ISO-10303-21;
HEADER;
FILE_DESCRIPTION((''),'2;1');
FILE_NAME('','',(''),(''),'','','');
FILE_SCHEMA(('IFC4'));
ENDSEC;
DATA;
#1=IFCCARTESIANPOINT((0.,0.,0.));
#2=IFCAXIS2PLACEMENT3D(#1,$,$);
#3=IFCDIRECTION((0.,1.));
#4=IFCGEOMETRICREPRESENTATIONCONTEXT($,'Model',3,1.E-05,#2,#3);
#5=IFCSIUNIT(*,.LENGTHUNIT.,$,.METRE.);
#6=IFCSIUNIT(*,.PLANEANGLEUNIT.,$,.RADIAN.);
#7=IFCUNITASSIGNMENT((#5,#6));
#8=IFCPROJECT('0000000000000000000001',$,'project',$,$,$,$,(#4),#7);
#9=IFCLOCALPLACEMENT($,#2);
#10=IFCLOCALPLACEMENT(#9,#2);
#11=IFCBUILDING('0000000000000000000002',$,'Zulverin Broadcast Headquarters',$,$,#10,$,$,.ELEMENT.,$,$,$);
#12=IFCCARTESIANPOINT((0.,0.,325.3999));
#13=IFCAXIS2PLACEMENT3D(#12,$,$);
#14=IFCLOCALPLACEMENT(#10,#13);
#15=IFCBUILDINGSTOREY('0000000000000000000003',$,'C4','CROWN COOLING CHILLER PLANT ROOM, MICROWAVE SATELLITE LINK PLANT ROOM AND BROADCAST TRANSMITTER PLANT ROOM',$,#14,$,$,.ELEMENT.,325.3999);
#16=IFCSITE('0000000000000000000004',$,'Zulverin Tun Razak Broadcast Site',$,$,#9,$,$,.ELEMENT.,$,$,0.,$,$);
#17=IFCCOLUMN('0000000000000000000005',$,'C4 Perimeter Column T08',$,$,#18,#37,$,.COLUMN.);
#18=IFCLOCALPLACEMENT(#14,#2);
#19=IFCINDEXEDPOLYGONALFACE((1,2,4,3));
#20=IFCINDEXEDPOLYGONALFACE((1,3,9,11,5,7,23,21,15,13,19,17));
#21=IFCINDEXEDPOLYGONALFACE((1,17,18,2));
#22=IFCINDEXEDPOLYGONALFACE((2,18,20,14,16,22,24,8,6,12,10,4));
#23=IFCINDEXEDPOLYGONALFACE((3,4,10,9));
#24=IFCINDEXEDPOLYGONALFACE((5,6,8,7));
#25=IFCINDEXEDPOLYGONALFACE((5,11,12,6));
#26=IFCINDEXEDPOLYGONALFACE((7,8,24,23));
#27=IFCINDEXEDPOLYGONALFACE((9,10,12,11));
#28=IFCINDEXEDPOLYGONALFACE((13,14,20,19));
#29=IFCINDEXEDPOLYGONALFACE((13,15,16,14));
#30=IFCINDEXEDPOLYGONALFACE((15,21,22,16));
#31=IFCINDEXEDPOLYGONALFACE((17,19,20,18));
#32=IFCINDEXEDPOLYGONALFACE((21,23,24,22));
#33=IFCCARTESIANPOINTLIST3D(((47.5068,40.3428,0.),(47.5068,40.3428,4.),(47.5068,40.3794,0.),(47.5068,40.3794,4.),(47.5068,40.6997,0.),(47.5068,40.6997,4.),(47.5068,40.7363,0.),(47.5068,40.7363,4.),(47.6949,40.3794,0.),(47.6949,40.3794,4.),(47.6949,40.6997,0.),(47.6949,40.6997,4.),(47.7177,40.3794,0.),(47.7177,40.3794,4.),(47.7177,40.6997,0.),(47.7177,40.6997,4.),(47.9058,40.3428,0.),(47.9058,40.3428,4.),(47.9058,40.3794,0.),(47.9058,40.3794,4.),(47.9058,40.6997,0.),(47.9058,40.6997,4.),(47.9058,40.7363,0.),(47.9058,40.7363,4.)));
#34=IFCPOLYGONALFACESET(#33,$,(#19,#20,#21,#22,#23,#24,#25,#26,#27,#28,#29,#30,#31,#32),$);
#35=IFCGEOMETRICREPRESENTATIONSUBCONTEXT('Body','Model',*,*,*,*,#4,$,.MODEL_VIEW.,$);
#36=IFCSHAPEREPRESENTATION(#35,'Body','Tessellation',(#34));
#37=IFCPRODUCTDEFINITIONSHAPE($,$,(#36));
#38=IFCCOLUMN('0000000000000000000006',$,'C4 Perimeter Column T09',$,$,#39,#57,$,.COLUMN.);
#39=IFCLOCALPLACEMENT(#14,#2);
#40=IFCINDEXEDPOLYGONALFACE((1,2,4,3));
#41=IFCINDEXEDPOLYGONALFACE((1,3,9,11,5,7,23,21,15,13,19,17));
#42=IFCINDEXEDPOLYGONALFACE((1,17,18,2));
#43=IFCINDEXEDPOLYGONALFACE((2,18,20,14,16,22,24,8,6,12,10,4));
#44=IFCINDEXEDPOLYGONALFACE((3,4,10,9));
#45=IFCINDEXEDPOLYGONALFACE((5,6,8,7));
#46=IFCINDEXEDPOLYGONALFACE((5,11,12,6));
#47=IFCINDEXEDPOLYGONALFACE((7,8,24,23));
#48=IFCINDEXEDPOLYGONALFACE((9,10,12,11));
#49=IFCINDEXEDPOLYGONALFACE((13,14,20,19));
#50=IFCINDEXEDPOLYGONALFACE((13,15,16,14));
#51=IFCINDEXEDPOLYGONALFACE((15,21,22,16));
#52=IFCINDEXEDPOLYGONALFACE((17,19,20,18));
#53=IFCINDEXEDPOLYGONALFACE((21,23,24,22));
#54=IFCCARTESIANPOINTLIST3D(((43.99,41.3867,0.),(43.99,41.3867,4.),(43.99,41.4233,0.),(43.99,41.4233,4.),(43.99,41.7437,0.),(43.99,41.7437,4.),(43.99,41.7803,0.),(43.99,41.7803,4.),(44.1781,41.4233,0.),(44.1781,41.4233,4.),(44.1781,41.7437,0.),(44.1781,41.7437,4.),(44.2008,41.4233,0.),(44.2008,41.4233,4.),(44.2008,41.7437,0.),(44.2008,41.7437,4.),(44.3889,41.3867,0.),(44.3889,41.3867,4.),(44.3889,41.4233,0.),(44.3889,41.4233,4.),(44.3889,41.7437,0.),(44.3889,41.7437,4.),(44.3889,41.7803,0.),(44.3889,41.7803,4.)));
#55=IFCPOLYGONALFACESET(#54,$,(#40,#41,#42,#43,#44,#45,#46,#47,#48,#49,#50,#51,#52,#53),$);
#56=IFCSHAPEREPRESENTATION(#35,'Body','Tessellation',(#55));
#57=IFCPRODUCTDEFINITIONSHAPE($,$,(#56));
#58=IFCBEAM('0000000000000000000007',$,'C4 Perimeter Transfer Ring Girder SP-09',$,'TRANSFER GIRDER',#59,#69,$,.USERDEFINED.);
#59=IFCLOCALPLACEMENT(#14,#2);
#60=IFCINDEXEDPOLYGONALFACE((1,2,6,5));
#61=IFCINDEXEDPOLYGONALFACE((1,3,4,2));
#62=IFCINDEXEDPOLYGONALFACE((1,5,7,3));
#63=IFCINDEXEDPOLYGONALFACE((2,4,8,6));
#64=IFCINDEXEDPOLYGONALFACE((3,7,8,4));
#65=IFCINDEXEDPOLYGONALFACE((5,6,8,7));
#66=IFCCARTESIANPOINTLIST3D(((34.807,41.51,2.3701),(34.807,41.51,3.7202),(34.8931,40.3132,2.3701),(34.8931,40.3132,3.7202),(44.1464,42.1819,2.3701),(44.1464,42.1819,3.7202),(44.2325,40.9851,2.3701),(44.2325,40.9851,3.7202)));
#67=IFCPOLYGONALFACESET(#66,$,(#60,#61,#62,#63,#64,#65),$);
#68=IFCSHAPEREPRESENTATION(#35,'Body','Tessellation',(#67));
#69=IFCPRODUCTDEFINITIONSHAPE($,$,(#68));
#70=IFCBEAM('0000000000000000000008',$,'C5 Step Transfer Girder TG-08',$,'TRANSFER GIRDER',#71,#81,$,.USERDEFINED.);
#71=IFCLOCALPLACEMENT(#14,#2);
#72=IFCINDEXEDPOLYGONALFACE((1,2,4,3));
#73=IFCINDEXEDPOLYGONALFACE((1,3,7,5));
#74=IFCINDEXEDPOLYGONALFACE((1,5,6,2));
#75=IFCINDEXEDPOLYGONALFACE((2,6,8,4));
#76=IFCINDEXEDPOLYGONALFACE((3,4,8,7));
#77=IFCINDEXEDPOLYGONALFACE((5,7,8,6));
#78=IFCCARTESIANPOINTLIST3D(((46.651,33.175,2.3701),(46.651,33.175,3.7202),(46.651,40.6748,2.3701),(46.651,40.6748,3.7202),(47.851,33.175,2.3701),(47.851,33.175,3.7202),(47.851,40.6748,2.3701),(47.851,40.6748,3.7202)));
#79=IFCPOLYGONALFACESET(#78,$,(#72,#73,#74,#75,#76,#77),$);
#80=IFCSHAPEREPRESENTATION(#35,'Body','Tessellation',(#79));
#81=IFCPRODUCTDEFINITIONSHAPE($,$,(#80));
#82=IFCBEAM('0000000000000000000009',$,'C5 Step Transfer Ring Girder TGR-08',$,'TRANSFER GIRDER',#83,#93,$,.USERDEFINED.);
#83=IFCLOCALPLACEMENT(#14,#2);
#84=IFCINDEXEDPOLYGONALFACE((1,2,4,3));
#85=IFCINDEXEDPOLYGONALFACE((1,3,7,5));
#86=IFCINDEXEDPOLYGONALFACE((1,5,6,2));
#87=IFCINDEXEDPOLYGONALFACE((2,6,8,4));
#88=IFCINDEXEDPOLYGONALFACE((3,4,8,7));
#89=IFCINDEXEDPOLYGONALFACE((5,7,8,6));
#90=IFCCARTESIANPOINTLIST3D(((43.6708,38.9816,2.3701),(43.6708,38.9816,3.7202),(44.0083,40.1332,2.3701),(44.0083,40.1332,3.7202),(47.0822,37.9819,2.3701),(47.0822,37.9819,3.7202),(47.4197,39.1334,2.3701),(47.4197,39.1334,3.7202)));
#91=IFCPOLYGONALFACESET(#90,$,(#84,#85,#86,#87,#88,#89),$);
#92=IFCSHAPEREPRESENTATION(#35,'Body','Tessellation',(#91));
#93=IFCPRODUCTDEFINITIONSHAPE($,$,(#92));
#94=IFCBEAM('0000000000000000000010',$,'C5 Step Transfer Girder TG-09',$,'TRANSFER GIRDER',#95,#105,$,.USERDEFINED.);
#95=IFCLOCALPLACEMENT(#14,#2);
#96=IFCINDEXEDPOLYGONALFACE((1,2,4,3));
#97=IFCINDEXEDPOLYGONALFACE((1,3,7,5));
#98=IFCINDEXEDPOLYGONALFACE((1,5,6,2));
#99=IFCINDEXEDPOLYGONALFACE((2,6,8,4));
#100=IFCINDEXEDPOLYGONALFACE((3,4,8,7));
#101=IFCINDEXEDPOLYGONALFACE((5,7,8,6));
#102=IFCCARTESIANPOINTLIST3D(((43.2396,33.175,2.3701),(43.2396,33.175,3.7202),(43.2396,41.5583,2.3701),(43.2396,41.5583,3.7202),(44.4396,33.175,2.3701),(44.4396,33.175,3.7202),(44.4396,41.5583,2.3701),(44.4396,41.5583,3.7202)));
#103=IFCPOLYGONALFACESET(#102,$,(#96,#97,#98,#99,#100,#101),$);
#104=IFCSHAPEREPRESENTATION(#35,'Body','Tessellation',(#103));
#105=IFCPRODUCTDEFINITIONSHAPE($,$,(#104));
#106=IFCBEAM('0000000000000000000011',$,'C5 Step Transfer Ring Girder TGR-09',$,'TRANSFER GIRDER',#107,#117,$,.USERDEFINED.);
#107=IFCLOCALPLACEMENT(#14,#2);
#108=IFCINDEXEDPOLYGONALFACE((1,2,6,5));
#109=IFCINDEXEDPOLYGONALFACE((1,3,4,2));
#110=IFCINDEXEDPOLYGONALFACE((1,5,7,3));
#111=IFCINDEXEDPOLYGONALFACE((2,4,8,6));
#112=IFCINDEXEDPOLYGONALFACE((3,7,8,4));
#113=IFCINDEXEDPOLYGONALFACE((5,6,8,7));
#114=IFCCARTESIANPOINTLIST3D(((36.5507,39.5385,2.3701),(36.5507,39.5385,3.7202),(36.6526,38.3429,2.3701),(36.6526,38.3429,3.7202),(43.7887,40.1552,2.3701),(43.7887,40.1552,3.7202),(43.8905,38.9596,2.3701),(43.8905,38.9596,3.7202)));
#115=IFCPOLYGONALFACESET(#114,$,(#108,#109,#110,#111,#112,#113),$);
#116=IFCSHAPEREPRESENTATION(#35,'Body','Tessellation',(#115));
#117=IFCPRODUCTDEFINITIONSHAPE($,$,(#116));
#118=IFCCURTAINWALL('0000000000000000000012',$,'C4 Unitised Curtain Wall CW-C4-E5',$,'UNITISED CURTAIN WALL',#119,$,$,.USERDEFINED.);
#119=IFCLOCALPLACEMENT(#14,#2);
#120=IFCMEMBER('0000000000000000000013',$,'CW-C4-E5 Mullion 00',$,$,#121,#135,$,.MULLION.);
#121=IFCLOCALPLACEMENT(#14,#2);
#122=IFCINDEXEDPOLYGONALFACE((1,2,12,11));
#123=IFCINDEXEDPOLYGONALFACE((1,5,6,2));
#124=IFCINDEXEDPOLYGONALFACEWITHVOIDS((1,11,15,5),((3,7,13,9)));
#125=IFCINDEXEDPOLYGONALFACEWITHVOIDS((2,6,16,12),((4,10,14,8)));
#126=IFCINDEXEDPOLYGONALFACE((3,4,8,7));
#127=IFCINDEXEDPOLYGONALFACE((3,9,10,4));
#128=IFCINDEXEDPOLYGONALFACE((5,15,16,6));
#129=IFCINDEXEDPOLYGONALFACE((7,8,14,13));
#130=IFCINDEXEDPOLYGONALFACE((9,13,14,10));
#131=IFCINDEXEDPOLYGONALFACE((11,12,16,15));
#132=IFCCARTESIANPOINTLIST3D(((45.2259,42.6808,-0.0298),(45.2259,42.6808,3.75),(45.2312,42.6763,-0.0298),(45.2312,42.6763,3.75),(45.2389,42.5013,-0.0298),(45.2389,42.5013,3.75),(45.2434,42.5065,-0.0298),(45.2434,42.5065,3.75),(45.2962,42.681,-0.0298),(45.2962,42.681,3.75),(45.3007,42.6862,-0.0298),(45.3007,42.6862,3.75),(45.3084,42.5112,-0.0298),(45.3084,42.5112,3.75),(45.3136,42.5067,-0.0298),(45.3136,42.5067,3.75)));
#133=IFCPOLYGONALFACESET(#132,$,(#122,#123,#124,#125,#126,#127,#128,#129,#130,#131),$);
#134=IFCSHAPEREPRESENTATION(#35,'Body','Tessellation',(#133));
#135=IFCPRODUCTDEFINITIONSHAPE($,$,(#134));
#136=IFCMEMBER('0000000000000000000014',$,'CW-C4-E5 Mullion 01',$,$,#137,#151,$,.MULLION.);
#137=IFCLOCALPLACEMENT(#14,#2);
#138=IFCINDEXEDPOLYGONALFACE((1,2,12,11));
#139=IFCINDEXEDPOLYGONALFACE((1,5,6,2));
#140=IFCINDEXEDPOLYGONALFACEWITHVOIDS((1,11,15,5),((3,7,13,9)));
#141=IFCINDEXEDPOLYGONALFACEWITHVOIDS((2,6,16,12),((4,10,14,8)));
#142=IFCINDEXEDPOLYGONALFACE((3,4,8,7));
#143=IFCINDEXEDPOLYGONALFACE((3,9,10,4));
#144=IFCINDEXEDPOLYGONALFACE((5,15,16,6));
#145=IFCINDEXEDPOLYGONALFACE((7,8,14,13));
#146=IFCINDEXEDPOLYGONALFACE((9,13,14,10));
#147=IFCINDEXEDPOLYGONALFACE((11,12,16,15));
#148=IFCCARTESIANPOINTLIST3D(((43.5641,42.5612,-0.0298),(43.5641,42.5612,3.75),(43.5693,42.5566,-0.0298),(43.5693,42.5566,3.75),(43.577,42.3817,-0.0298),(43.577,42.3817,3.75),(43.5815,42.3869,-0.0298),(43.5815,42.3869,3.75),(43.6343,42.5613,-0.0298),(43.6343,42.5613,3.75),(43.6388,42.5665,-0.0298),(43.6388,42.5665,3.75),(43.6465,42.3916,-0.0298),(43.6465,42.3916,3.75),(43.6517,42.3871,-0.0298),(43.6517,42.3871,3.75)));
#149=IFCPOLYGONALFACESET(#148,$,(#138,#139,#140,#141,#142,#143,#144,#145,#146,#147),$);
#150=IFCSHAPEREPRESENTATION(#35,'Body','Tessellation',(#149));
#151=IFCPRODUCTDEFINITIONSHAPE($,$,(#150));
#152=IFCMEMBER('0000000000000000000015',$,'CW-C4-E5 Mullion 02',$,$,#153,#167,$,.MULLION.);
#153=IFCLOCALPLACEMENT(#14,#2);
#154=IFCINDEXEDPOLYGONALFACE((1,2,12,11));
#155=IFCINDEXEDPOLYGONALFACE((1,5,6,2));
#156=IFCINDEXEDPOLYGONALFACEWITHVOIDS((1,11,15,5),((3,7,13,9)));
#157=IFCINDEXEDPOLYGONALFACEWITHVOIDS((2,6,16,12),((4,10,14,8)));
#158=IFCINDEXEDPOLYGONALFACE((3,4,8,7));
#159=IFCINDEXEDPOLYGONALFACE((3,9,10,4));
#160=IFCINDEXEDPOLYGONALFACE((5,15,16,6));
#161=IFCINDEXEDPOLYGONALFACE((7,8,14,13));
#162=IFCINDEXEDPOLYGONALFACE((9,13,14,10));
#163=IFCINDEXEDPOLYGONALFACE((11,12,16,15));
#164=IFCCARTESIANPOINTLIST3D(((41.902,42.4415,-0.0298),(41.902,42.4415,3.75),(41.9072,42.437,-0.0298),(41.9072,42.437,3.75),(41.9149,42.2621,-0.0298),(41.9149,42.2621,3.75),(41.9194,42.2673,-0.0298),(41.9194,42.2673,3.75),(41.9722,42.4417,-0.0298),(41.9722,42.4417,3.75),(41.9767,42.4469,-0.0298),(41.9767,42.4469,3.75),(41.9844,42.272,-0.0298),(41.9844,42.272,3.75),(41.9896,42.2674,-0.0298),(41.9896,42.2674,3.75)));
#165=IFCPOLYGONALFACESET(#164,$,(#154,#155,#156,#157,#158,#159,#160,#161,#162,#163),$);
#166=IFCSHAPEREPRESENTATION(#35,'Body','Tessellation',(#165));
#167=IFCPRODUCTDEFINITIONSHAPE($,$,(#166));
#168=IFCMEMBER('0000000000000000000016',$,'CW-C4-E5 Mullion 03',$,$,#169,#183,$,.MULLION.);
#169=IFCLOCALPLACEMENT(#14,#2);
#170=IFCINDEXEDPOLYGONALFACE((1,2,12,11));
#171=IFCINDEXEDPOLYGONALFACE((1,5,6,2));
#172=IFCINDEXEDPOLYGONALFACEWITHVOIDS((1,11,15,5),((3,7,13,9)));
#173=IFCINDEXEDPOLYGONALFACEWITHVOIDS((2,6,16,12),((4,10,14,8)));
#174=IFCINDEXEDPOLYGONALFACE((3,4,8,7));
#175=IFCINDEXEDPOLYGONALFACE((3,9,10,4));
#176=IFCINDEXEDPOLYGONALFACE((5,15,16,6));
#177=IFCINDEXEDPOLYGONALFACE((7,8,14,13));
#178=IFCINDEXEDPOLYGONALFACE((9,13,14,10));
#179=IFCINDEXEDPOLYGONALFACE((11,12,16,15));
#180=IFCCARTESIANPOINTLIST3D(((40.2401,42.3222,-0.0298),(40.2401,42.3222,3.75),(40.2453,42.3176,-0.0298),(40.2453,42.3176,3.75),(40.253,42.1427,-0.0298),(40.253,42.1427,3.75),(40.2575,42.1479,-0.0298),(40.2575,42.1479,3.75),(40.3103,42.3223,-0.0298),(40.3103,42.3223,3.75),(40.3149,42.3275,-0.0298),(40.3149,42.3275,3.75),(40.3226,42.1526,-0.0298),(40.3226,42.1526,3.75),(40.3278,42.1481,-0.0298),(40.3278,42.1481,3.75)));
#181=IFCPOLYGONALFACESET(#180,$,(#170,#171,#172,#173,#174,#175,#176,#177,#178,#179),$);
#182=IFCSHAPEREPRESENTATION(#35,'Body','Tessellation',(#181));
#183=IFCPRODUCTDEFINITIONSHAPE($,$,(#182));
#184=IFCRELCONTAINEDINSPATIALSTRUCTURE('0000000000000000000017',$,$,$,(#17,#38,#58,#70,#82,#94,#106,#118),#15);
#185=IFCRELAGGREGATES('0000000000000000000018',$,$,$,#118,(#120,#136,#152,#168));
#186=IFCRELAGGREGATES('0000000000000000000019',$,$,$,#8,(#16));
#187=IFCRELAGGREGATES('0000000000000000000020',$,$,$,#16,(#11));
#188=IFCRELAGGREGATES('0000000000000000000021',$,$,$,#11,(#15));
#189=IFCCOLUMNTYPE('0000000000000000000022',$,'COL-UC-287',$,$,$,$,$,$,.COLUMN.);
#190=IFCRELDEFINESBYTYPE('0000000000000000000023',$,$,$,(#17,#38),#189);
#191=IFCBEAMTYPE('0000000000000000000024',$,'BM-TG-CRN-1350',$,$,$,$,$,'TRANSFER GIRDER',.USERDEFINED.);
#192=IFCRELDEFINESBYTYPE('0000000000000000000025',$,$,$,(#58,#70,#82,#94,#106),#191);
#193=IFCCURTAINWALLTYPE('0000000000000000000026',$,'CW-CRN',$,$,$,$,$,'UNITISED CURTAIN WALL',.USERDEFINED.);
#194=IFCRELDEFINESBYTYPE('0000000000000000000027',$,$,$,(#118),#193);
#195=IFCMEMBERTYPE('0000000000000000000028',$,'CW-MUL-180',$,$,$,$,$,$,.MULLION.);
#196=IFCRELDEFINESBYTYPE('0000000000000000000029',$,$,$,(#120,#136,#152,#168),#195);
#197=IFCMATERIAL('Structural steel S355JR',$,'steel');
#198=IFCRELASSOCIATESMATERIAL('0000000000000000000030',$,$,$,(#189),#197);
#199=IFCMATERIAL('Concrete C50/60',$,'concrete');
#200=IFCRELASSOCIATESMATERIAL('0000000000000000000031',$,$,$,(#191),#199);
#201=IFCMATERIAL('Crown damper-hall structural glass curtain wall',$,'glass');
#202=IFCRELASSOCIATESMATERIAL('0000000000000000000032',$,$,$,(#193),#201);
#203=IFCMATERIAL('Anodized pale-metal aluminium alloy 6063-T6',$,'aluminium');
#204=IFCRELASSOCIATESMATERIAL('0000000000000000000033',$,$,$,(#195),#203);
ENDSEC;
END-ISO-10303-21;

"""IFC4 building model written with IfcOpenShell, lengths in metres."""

from ifc_helpers import new_model, si_unit, direction, frame, origin, origin_2d, place, context, subcontext, project, spatial, rectangle, hollow_rectangle, i_section, extrude, material, material_profile, profile_set, type_object, element, aggregate, save


model = new_model("IFC4")

# Units and contexts
model_context = context("Model", 3, precision=1e-05, world=origin(), true_north=direction((0.0, 1.0)))
body_context = subcontext(model_context, "Body", "Model", "MODEL_VIEW")
ifc_project = project(units=[si_unit("LENGTHUNIT", "METRE"), si_unit("PLANEANGLEUNIT", "RADIAN")], contexts=[model_context])

# Site, building, storey
site_placement = place(None, origin())
site = spatial("IfcSite", under=ifc_project, at=site_placement, Name="Zulverin Tun Razak Broadcast Site", CompositionType="ELEMENT", RefElevation=0.0)
building_placement = place(site_placement, origin())
building = spatial("IfcBuilding", under=site, at=building_placement, Name="Zulverin Broadcast Headquarters", CompositionType="ELEMENT")
storey_placement = place(building_placement, frame((0.0, 0.0, 325.3999)))
storey = spatial("IfcBuildingStorey", under=building, at=storey_placement, Name="C4", Description="CROWN COOLING CHILLER PLANT ROOM, MICROWAVE SATELLITE LINK PLANT ROOM AND BROADCAST TRANSMITTER PLANT ROOM", CompositionType="ELEMENT", Elevation=325.3999)

# Columns
ifc_material_1 = material(Name="Structural steel S355JR", Category="steel")
ifc_material_profile_1 = material_profile(ifc_material_1, i_section(OverallWidth=0.3989, OverallDepth=0.3936, WebThickness=0.0227, FlangeThickness=0.0366, at=origin_2d()), Name="Structural steel S355JR", Category="steel")
ifc_profile_set_1 = profile_set([ifc_material_profile_1], Name="Structural steel S355JR")
column_type = type_object("IfcColumnType", Name="COL-UC-287", PredefinedType="COLUMN", material=ifc_profile_set_1)
for number, where, z_axis, x_axis, name in (
    (1, (47.7063, 40.5396, 0.0), (0.0, 0.0, 1.0), (1.0, 0.0, 0.0), "C4 Perimeter Column T08"),
    (2, (44.1895, 41.5835, 0.0), (0.0, 0.0, 1.0), (1.0, 0.0, 0.0), "C4 Perimeter Column T09"),
):
    element("IfcColumn", number, at=place(storey_placement, frame(where, z_axis=z_axis, x_axis=x_axis)), inside=storey, type_object=column_type, Name=name, PredefinedType="COLUMN", context=body_context, shape_type="SweptSolid", body=[
        extrude(i_section(OverallWidth=0.3989, OverallDepth=0.3936, WebThickness=0.0227, FlangeThickness=0.0366, at=origin_2d()), origin(), (0.0, 0.0, 1.0), 4.0),
    ])

# Beams
ifc_material_2 = material(Name="Concrete C50/60", Category="concrete")
ifc_material_profile_2 = material_profile(ifc_material_2, rectangle(XDim=1.2, YDim=1.3501, at=origin_2d()), Name="Concrete C50/60", Category="concrete")
ifc_profile_set_2 = profile_set([ifc_material_profile_2], Name="Concrete C50/60")
beam_type = type_object("IfcBeamType", Name="BM-TG-CRN-1350", ElementType="TRANSFER GIRDER", PredefinedType="USERDEFINED", material=ifc_profile_set_2)
beam_1_placement = place(storey_placement, frame((44.1895, 41.5835, 3.0452), z_axis=(-0.997422, -0.071755, 0.0), x_axis=(0.071755, -0.997422, 0.0)))
element("IfcBeam", 3, at=beam_1_placement, inside=storey, type_object=beam_type, Name="C4 Perimeter Transfer Ring Girder SP-09", ObjectType="TRANSFER GIRDER", PredefinedType="USERDEFINED", context=body_context, shape_type="SweptSolid", body=[
    extrude(rectangle(XDim=1.2, YDim=1.3501, at=origin_2d()), origin(), (0.0, 0.0, 1.0), 9.3635),
])
beam_2_placement = place(storey_placement, frame((47.251, 33.175, 3.0452), z_axis=(0.0, 1.0, 0.0), x_axis=(-1.0, 0.0, 0.0)))
element("IfcBeam", 4, at=beam_2_placement, inside=storey, type_object=beam_type, Name="C5 Step Transfer Girder TG-08", ObjectType="TRANSFER GIRDER", PredefinedType="USERDEFINED", context=body_context, shape_type="SweptSolid", body=[
    extrude(rectangle(XDim=1.2, YDim=1.3501, at=origin_2d()), origin(), (0.0, 0.0, 1.0), 7.4998),
])
beam_3_placement = place(storey_placement, frame((47.251, 38.5576, 3.0452), z_axis=(-0.959638, 0.281237, 0.0), x_axis=(-0.281237, -0.959638, 0.0)))
element("IfcBeam", 5, at=beam_3_placement, inside=storey, type_object=beam_type, Name="C5 Step Transfer Ring Girder TGR-08", ObjectType="TRANSFER GIRDER", PredefinedType="USERDEFINED", context=body_context, shape_type="SweptSolid", body=[
    extrude(rectangle(XDim=1.2, YDim=1.3501, at=origin_2d()), origin(), (0.0, 0.0, 1.0), 3.5549),
])
beam_4_placement = place(storey_placement, frame((43.8396, 33.175, 3.0452), z_axis=(0.0, 1.0, 0.0), x_axis=(-1.0, 0.0, 0.0)))
element("IfcBeam", 6, at=beam_4_placement, inside=storey, type_object=beam_type, Name="C5 Step Transfer Girder TG-09", ObjectType="TRANSFER GIRDER", PredefinedType="USERDEFINED", context=body_context, shape_type="SweptSolid", body=[
    extrude(rectangle(XDim=1.2, YDim=1.3501, at=origin_2d()), origin(), (0.0, 0.0, 1.0), 8.3833),
])
beam_5_placement = place(storey_placement, frame((43.8396, 39.5574, 3.0452), z_axis=(-0.99639, -0.084895, 0.0), x_axis=(0.084895, -0.99639, 0.0)))
element("IfcBeam", 7, at=beam_5_placement, inside=storey, type_object=beam_type, Name="C5 Step Transfer Ring Girder TGR-09", ObjectType="TRANSFER GIRDER", PredefinedType="USERDEFINED", context=body_context, shape_type="SweptSolid", body=[
    extrude(rectangle(XDim=1.2, YDim=1.3501, at=origin_2d()), origin(), (0.0, 0.0, 1.0), 7.2642),
])

# Curtain wall, members
ifc_material_3 = material(Name="Crown damper-hall structural glass curtain wall", Category="glass")
curtain_wall_type = type_object("IfcCurtainWallType", Name="CW-CRN", ElementType="UNITISED CURTAIN WALL", PredefinedType="USERDEFINED", material=ifc_material_3)
curtain_wall_placement = place(storey_placement, origin())
curtain_wall = element("IfcCurtainWall", 8, at=curtain_wall_placement, inside=storey, type_object=curtain_wall_type, Name="C4 Unitised Curtain Wall CW-C4-E5", ObjectType="UNITISED CURTAIN WALL", PredefinedType="USERDEFINED")
ifc_material_4 = material(Name="Anodized pale-metal aluminium alloy 6063-T6", Category="aluminium")
ifc_material_profile_3 = material_profile(ifc_material_4, hollow_rectangle(XDim=0.075, YDim=0.1799, WallThickness=0.0049, at=origin_2d()), Name="Anodized pale-metal aluminium alloy 6063-T6", Category="aluminium")
ifc_profile_set_3 = profile_set([ifc_material_profile_3], Name="Anodized pale-metal aluminium alloy 6063-T6")
member_type_1 = type_object("IfcMemberType", Name="CW-MUL-180", PredefinedType="MULLION", material=ifc_profile_set_3)
member_1_placement = place(storey_placement, frame((45.2698, 42.5938, -0.0298), z_axis=(0.0, 0.0, 1.0), x_axis=(-0.997421, -0.071771, 0.0)))
member_1 = element("IfcMember", 9, at=member_1_placement, type_object=member_type_1, Name="CW-C4-E5 Mullion 00", PredefinedType="MULLION", context=body_context, shape_type="SweptSolid", body=[
    extrude(hollow_rectangle(XDim=0.075, YDim=0.1799, WallThickness=0.0049, at=origin_2d()), origin(), (0.0, 0.0, 1.0), 3.7798),
])
member_2_placement = place(storey_placement, frame((43.6079, 42.4741, -0.0298), z_axis=(0.0, 0.0, 1.0), x_axis=(-0.997421, -0.071771, 0.0)))
member_2 = element("IfcMember", 10, at=member_2_placement, type_object=member_type_1, Name="CW-C4-E5 Mullion 01", PredefinedType="MULLION", context=body_context, shape_type="SweptSolid", body=[
    extrude(hollow_rectangle(XDim=0.075, YDim=0.1799, WallThickness=0.0049, at=origin_2d()), origin(), (0.0, 0.0, 1.0), 3.7798),
])
member_3_placement = place(storey_placement, frame((41.9458, 42.3545, -0.0298), z_axis=(0.0, 0.0, 1.0), x_axis=(-0.997421, -0.071771, 0.0)))
member_3 = element("IfcMember", 11, at=member_3_placement, type_object=member_type_1, Name="CW-C4-E5 Mullion 02", PredefinedType="MULLION", context=body_context, shape_type="SweptSolid", body=[
    extrude(hollow_rectangle(XDim=0.075, YDim=0.1799, WallThickness=0.0049, at=origin_2d()), origin(), (0.0, 0.0, 1.0), 3.7798),
])
member_4_placement = place(storey_placement, frame((40.2839, 42.2351, -0.0298), z_axis=(0.0, 0.0, 1.0), x_axis=(-0.997421, -0.071771, 0.0)))
member_4 = element("IfcMember", 12, at=member_4_placement, type_object=member_type_1, Name="CW-C4-E5 Mullion 03", PredefinedType="MULLION", context=body_context, shape_type="SweptSolid", body=[
    extrude(hollow_rectangle(XDim=0.075, YDim=0.1799, WallThickness=0.0049, at=origin_2d()), origin(), (0.0, 0.0, 1.0), 3.7798),
])
aggregate(curtain_wall, [member_1, member_2, member_3, member_4])

save(model, "model.ifc")
